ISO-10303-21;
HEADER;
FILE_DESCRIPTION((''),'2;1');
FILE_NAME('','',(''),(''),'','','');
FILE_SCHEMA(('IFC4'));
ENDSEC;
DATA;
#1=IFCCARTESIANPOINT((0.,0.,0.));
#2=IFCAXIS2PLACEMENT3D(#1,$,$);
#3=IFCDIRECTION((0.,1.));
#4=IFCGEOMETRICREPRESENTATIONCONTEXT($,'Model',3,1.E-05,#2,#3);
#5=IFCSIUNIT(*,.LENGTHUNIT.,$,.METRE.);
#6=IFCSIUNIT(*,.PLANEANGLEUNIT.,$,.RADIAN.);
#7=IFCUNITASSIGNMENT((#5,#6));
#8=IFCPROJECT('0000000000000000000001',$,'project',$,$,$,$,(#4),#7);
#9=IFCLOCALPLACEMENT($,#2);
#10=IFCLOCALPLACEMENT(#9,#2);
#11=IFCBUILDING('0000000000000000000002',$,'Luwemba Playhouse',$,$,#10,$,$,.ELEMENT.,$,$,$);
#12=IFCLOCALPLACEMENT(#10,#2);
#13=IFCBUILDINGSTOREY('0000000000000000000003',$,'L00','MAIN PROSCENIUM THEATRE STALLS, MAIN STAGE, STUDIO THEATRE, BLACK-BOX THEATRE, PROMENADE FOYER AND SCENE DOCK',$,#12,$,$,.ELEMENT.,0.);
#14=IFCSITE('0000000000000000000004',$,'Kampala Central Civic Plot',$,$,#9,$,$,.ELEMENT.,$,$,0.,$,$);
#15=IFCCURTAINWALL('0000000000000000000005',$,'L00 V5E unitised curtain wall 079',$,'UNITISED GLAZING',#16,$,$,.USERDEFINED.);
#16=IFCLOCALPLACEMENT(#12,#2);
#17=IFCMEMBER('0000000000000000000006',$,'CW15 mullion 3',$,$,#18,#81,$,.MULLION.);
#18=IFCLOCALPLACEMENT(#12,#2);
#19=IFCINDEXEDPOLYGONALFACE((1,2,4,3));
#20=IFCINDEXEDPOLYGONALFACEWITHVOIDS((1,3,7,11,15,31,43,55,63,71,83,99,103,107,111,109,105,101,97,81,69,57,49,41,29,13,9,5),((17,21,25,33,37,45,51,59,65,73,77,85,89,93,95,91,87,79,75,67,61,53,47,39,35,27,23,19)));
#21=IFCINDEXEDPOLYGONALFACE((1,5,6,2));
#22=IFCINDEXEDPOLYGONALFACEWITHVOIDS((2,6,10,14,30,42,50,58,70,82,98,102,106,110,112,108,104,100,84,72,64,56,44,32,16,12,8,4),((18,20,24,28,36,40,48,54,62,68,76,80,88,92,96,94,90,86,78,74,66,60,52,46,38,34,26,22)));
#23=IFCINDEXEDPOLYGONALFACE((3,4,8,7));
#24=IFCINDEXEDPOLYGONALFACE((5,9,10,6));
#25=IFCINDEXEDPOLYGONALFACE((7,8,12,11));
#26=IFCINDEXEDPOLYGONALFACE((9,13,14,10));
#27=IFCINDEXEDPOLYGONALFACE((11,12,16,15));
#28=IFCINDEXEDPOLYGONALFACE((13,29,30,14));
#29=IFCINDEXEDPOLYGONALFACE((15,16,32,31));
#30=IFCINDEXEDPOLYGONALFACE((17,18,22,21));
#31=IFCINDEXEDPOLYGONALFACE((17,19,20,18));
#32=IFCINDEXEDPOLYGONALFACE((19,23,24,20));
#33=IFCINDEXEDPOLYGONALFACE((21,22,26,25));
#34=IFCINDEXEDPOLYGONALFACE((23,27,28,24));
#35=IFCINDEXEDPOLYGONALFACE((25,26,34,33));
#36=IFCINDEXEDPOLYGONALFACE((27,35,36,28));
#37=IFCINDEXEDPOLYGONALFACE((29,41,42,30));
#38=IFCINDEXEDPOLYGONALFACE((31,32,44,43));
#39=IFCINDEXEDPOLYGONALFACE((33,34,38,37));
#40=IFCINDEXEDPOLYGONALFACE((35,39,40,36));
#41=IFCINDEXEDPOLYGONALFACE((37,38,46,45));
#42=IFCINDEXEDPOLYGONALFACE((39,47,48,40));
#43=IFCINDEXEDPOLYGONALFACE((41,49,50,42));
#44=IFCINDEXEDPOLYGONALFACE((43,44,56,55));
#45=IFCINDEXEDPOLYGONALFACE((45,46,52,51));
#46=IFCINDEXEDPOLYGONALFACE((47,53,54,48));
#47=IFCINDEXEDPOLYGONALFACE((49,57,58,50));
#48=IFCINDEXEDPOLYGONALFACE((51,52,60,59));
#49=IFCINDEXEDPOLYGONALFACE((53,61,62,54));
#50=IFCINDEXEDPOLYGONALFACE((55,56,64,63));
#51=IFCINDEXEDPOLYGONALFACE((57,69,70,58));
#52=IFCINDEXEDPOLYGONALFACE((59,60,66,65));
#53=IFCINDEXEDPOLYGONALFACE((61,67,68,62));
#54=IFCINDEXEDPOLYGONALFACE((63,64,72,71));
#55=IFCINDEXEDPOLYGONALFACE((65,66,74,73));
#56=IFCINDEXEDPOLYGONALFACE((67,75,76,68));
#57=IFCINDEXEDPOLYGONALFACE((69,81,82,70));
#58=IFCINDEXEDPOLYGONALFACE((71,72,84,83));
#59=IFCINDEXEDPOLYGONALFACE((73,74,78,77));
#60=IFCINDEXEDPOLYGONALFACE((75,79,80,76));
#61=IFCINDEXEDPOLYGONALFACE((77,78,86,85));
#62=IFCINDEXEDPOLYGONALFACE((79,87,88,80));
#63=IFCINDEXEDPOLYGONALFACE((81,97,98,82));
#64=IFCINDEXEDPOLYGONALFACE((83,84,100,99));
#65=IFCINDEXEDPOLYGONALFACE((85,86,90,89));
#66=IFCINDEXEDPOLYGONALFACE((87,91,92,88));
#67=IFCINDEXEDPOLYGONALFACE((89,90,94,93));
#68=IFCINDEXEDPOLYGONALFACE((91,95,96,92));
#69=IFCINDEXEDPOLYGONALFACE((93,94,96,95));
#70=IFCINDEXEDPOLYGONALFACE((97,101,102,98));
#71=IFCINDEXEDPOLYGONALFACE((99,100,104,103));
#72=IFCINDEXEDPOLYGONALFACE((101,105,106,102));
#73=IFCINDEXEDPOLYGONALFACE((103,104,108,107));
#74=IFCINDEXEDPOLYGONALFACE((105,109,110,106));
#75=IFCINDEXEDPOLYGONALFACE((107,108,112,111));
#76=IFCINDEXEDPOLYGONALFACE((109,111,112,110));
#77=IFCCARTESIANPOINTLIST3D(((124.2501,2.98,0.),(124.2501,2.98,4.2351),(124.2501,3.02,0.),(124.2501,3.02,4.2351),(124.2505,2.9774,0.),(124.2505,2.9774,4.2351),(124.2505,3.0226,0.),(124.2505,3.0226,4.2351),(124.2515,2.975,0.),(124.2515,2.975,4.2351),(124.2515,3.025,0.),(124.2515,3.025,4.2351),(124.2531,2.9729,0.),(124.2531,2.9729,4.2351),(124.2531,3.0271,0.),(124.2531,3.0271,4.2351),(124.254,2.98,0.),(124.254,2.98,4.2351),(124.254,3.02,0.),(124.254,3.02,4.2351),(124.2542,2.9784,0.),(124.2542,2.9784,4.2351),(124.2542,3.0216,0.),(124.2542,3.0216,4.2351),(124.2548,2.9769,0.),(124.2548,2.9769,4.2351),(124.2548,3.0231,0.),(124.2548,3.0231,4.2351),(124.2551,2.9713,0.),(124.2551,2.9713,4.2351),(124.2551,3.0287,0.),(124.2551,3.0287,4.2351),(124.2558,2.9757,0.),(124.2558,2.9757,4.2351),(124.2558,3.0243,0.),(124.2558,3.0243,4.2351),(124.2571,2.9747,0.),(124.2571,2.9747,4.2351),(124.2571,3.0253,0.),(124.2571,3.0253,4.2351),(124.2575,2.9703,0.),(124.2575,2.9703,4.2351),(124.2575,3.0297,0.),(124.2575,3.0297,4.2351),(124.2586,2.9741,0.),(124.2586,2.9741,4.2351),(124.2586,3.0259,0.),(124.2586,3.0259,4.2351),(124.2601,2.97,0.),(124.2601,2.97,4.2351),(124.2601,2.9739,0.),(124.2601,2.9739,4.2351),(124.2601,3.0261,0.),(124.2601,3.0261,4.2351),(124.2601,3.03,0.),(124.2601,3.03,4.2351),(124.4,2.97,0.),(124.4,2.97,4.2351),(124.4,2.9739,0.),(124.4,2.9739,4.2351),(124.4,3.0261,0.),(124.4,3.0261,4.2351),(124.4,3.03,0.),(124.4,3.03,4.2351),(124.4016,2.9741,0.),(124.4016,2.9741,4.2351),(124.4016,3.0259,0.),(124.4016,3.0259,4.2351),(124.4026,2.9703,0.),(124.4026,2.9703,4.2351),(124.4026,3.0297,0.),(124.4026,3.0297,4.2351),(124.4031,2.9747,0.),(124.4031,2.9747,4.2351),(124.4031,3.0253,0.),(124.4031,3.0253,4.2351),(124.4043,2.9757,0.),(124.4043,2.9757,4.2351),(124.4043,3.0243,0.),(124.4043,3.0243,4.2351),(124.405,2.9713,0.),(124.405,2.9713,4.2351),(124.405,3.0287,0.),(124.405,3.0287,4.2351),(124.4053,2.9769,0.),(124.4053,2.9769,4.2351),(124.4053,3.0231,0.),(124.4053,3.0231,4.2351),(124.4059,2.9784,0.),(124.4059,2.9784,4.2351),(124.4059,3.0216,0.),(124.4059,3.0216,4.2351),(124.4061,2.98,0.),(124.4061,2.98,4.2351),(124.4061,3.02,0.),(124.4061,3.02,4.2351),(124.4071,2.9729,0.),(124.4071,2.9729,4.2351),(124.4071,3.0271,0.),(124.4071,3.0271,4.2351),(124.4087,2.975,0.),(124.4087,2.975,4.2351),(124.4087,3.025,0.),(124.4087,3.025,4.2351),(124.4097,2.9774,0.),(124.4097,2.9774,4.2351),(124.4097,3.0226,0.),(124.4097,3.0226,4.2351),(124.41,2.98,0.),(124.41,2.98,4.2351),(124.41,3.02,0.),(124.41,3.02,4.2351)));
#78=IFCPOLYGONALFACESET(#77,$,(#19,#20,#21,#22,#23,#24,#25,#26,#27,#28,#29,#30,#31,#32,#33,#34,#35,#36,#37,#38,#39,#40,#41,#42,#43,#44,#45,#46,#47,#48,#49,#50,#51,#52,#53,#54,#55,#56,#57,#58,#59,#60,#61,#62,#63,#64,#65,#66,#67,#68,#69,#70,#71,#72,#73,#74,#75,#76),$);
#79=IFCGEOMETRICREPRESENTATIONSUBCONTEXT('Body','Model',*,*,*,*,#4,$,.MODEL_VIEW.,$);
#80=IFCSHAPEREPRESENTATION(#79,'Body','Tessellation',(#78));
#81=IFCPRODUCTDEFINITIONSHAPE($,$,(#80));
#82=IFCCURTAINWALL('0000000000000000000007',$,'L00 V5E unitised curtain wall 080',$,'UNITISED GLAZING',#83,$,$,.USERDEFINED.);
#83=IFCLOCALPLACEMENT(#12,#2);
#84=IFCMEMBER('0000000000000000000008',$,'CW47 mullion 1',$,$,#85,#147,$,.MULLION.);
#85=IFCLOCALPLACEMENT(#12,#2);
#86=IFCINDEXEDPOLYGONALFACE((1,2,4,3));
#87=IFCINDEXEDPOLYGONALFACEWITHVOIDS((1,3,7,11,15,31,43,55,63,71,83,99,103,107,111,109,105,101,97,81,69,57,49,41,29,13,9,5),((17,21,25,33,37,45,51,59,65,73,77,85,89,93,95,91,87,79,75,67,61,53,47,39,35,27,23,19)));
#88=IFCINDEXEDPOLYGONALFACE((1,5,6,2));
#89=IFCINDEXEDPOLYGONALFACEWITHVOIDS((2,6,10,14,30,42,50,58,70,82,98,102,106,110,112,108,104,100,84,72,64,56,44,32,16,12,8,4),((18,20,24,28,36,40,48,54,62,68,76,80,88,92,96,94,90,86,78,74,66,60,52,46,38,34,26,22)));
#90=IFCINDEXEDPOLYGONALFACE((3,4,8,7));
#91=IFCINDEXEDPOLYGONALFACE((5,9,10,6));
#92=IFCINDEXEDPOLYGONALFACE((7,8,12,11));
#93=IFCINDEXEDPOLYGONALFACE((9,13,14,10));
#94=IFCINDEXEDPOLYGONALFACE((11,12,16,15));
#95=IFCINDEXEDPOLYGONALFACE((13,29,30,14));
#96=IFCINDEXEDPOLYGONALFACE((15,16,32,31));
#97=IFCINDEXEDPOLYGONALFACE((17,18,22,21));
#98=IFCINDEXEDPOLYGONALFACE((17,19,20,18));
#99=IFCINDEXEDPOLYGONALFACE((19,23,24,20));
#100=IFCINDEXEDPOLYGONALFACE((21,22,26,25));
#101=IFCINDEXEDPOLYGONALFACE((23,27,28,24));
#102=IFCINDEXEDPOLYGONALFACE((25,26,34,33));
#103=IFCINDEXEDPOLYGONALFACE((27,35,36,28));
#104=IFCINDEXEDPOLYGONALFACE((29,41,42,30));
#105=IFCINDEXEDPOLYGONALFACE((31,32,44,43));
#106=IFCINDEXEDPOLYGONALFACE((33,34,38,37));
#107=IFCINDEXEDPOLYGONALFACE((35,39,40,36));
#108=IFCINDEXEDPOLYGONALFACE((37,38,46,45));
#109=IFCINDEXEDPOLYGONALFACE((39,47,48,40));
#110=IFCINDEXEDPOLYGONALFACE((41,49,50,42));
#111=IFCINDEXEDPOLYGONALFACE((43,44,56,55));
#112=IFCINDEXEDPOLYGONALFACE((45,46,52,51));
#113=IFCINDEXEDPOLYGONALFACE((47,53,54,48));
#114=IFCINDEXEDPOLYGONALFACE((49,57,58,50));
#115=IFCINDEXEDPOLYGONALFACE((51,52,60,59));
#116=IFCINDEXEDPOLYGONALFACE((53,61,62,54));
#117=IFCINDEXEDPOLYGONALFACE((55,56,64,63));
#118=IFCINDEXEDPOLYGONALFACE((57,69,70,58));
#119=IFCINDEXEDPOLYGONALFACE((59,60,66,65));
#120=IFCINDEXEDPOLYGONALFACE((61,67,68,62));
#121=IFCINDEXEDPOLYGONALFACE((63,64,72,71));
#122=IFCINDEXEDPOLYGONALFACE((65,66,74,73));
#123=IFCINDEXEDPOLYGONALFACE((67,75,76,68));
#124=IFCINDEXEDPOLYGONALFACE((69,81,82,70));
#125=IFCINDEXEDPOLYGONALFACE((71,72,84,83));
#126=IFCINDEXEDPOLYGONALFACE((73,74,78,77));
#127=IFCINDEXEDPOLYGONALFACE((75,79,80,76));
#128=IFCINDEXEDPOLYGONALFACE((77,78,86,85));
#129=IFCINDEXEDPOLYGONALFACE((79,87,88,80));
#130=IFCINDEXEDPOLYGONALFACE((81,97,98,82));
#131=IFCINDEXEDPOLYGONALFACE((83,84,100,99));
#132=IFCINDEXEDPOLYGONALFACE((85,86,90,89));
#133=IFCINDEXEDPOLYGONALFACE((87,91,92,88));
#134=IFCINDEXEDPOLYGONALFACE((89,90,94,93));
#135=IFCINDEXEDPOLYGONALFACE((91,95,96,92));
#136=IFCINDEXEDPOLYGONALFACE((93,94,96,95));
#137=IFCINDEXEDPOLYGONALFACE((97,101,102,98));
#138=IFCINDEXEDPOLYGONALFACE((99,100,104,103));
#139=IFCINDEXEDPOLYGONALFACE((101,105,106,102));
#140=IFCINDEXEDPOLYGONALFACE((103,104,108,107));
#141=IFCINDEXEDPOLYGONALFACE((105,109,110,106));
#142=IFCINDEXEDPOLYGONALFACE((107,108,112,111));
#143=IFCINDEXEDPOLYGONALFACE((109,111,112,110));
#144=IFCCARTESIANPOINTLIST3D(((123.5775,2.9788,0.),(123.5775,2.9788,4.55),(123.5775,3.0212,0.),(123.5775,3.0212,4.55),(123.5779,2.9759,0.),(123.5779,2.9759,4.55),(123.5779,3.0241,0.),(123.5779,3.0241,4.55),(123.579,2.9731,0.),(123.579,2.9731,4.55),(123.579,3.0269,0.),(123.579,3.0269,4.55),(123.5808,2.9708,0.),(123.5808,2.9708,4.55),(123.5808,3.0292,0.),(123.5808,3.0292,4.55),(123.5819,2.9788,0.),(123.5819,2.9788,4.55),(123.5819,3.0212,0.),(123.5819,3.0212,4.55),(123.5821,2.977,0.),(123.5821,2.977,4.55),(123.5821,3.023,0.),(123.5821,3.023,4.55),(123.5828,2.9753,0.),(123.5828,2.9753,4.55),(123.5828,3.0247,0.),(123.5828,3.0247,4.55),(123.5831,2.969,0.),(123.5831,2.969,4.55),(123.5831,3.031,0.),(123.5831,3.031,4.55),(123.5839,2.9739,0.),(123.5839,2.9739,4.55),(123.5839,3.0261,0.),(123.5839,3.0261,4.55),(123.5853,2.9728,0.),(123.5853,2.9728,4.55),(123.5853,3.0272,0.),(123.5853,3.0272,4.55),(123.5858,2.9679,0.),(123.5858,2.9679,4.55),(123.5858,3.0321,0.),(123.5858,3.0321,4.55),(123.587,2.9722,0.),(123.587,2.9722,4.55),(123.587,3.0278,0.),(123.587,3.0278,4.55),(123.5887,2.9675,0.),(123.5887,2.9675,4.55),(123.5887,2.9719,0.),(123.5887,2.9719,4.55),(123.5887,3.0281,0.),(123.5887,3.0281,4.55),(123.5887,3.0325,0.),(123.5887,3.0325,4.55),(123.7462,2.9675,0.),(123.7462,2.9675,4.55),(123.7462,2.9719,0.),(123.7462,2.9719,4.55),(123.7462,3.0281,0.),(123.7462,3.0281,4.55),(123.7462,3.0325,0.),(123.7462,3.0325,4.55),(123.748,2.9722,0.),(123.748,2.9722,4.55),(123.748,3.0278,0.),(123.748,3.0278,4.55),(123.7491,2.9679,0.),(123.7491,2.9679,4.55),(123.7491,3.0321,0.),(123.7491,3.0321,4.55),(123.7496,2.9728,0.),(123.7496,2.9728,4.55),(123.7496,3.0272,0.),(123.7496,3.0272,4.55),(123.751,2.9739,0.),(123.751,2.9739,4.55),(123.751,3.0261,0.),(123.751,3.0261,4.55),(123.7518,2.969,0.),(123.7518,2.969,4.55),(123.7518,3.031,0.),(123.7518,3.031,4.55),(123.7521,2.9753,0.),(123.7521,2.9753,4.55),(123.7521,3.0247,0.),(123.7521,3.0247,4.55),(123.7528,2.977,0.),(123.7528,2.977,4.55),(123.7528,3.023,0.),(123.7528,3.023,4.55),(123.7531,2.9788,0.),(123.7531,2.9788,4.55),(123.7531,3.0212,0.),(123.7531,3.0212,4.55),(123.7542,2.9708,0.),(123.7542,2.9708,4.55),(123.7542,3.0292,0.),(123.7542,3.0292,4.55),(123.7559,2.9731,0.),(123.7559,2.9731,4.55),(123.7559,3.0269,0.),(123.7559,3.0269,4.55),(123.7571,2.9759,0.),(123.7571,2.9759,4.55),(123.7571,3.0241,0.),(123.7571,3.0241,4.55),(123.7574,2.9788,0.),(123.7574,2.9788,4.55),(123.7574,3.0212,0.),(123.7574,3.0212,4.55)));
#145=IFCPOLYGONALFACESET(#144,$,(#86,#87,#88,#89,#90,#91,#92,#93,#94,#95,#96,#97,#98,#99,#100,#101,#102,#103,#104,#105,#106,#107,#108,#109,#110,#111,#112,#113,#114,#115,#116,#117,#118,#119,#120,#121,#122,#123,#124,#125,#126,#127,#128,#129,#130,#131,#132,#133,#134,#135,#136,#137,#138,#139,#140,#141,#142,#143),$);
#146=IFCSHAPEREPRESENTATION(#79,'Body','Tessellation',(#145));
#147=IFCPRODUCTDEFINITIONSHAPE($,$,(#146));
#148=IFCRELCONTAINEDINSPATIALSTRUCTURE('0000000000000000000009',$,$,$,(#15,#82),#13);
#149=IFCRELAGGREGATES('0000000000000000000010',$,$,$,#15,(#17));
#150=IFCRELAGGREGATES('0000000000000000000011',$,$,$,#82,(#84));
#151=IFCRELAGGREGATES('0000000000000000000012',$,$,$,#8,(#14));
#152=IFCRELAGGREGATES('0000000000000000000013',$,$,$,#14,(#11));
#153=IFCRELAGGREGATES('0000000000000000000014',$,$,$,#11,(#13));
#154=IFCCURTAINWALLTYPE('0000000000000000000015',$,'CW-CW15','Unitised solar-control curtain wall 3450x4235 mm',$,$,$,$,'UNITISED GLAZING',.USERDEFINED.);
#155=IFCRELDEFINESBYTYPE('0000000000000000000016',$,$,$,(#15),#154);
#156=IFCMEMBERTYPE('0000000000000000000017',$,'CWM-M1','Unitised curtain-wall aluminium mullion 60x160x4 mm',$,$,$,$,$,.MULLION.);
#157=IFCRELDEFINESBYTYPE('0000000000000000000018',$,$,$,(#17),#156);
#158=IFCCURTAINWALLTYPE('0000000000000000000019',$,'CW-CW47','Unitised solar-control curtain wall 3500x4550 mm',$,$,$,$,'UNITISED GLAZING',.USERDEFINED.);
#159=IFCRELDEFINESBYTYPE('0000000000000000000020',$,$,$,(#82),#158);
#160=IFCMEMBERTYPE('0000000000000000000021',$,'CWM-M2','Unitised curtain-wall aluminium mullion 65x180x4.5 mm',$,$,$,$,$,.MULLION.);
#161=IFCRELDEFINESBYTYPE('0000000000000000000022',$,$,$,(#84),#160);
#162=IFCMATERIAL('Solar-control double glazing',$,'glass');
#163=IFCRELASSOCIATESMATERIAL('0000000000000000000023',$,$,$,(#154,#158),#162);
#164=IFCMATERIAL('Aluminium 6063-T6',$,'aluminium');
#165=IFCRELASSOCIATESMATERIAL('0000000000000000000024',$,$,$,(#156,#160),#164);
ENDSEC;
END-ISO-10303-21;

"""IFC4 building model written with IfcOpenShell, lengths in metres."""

from ifc_helpers import new_model, si_unit, direction, frame, origin, origin_2d, place, context, subcontext, project, spatial, hollow_rectangle, extrude, material, material_profile, profile_set, type_object, element, aggregate, save


model = new_model("IFC4")

# Units and contexts
model_context = context("Model", 3, precision=1e-05, world=origin(), true_north=direction((0.0, 1.0)))
body_context = subcontext(model_context, "Body", "Model", "MODEL_VIEW")
ifc_project = project(units=[si_unit("LENGTHUNIT", "METRE"), si_unit("PLANEANGLEUNIT", "RADIAN")], contexts=[model_context])

# Site, building, storey
site_placement = place(None, origin())
site = spatial("IfcSite", under=ifc_project, at=site_placement, Name="Kampala Central Civic Plot", CompositionType="ELEMENT", RefElevation=0.0)
building_placement = place(site_placement, origin())
building = spatial("IfcBuilding", under=site, at=building_placement, Name="Luwemba Playhouse", CompositionType="ELEMENT")
storey_placement = place(building_placement, origin())
storey = spatial("IfcBuildingStorey", under=building, at=storey_placement, Name="L00", Description="MAIN PROSCENIUM THEATRE STALLS, MAIN STAGE, STUDIO THEATRE, BLACK-BOX THEATRE, PROMENADE FOYER AND SCENE DOCK", CompositionType="ELEMENT", Elevation=0.0)

# Curtain wall, member
ifc_material_1 = material(Name="Solar-control double glazing", Category="glass")
curtain_wall_type_1 = type_object("IfcCurtainWallType", Name="CW-CW15", Description="Unitised solar-control curtain wall 3450x4235 mm", ElementType="UNITISED GLAZING", PredefinedType="USERDEFINED", material=ifc_material_1)
curtain_wall_1_placement = place(storey_placement, origin())
curtain_wall_1 = element("IfcCurtainWall", 1, at=curtain_wall_1_placement, inside=storey, type_object=curtain_wall_type_1, Name="L00 V5E unitised curtain wall 079", ObjectType="UNITISED GLAZING", PredefinedType="USERDEFINED")
ifc_material_2 = material(Name="Aluminium 6063-T6", Category="aluminium")
ifc_material_profile_1 = material_profile(ifc_material_2, hollow_rectangle(XDim=0.0601, YDim=0.1599, WallThickness=0.0039, InnerFilletRadius=0.0061, OuterFilletRadius=0.01, at=origin_2d()))
ifc_profile_set_1 = profile_set([ifc_material_profile_1], Name="Aluminium 6063-T6")
member_type_1 = type_object("IfcMemberType", Name="CWM-M1", Description="Unitised curtain-wall aluminium mullion 60x160x4 mm", PredefinedType="MULLION", material=ifc_profile_set_1)
member_1_placement = place(storey_placement, frame((124.3301, 3.0, 0.0), z_axis=(0.0, 0.0, 1.0), x_axis=(0.0, -1.0, 0.0)))
member_1 = element("IfcMember", 2, at=member_1_placement, type_object=member_type_1, Name="CW15 mullion 3", PredefinedType="MULLION", context=body_context, shape_type="SweptSolid", body=[
    extrude(hollow_rectangle(XDim=0.0601, YDim=0.1599, WallThickness=0.0039, InnerFilletRadius=0.0061, OuterFilletRadius=0.01, at=origin_2d()), origin(), (0.0, 0.0, 1.0), 4.2351),
])
aggregate(curtain_wall_1, [member_1])

# Curtain wall, member
curtain_wall_type_2 = type_object("IfcCurtainWallType", Name="CW-CW47", Description="Unitised solar-control curtain wall 3500x4550 mm", ElementType="UNITISED GLAZING", PredefinedType="USERDEFINED", material=ifc_material_1)
curtain_wall_2_placement = place(storey_placement, origin())
curtain_wall_2 = element("IfcCurtainWall", 3, at=curtain_wall_2_placement, inside=storey, type_object=curtain_wall_type_2, Name="L00 V5E unitised curtain wall 080", ObjectType="UNITISED GLAZING", PredefinedType="USERDEFINED")
ifc_material_profile_2 = material_profile(ifc_material_2, hollow_rectangle(XDim=0.0649, YDim=0.1799, WallThickness=0.0044, InnerFilletRadius=0.0068, OuterFilletRadius=0.0112, at=origin_2d()))
ifc_profile_set_2 = profile_set([ifc_material_profile_2], Name="Aluminium 6063-T6")
member_type_2 = type_object("IfcMemberType", Name="CWM-M2", Description="Unitised curtain-wall aluminium mullion 65x180x4.5 mm", PredefinedType="MULLION", material=ifc_profile_set_2)
member_2_placement = place(storey_placement, frame((123.6675, 3.0, 0.0), z_axis=(0.0, 0.0, 1.0), x_axis=(0.0, -1.0, 0.0)))
member_2 = element("IfcMember", 4, at=member_2_placement, type_object=member_type_2, Name="CW47 mullion 1", PredefinedType="MULLION", context=body_context, shape_type="SweptSolid", body=[
    extrude(hollow_rectangle(XDim=0.0649, YDim=0.1799, WallThickness=0.0044, InnerFilletRadius=0.0068, OuterFilletRadius=0.0112, at=origin_2d()), origin(), (0.0, 0.0, 1.0), 4.55),
])
aggregate(curtain_wall_2, [member_2])

save(model, "model.ifc")
